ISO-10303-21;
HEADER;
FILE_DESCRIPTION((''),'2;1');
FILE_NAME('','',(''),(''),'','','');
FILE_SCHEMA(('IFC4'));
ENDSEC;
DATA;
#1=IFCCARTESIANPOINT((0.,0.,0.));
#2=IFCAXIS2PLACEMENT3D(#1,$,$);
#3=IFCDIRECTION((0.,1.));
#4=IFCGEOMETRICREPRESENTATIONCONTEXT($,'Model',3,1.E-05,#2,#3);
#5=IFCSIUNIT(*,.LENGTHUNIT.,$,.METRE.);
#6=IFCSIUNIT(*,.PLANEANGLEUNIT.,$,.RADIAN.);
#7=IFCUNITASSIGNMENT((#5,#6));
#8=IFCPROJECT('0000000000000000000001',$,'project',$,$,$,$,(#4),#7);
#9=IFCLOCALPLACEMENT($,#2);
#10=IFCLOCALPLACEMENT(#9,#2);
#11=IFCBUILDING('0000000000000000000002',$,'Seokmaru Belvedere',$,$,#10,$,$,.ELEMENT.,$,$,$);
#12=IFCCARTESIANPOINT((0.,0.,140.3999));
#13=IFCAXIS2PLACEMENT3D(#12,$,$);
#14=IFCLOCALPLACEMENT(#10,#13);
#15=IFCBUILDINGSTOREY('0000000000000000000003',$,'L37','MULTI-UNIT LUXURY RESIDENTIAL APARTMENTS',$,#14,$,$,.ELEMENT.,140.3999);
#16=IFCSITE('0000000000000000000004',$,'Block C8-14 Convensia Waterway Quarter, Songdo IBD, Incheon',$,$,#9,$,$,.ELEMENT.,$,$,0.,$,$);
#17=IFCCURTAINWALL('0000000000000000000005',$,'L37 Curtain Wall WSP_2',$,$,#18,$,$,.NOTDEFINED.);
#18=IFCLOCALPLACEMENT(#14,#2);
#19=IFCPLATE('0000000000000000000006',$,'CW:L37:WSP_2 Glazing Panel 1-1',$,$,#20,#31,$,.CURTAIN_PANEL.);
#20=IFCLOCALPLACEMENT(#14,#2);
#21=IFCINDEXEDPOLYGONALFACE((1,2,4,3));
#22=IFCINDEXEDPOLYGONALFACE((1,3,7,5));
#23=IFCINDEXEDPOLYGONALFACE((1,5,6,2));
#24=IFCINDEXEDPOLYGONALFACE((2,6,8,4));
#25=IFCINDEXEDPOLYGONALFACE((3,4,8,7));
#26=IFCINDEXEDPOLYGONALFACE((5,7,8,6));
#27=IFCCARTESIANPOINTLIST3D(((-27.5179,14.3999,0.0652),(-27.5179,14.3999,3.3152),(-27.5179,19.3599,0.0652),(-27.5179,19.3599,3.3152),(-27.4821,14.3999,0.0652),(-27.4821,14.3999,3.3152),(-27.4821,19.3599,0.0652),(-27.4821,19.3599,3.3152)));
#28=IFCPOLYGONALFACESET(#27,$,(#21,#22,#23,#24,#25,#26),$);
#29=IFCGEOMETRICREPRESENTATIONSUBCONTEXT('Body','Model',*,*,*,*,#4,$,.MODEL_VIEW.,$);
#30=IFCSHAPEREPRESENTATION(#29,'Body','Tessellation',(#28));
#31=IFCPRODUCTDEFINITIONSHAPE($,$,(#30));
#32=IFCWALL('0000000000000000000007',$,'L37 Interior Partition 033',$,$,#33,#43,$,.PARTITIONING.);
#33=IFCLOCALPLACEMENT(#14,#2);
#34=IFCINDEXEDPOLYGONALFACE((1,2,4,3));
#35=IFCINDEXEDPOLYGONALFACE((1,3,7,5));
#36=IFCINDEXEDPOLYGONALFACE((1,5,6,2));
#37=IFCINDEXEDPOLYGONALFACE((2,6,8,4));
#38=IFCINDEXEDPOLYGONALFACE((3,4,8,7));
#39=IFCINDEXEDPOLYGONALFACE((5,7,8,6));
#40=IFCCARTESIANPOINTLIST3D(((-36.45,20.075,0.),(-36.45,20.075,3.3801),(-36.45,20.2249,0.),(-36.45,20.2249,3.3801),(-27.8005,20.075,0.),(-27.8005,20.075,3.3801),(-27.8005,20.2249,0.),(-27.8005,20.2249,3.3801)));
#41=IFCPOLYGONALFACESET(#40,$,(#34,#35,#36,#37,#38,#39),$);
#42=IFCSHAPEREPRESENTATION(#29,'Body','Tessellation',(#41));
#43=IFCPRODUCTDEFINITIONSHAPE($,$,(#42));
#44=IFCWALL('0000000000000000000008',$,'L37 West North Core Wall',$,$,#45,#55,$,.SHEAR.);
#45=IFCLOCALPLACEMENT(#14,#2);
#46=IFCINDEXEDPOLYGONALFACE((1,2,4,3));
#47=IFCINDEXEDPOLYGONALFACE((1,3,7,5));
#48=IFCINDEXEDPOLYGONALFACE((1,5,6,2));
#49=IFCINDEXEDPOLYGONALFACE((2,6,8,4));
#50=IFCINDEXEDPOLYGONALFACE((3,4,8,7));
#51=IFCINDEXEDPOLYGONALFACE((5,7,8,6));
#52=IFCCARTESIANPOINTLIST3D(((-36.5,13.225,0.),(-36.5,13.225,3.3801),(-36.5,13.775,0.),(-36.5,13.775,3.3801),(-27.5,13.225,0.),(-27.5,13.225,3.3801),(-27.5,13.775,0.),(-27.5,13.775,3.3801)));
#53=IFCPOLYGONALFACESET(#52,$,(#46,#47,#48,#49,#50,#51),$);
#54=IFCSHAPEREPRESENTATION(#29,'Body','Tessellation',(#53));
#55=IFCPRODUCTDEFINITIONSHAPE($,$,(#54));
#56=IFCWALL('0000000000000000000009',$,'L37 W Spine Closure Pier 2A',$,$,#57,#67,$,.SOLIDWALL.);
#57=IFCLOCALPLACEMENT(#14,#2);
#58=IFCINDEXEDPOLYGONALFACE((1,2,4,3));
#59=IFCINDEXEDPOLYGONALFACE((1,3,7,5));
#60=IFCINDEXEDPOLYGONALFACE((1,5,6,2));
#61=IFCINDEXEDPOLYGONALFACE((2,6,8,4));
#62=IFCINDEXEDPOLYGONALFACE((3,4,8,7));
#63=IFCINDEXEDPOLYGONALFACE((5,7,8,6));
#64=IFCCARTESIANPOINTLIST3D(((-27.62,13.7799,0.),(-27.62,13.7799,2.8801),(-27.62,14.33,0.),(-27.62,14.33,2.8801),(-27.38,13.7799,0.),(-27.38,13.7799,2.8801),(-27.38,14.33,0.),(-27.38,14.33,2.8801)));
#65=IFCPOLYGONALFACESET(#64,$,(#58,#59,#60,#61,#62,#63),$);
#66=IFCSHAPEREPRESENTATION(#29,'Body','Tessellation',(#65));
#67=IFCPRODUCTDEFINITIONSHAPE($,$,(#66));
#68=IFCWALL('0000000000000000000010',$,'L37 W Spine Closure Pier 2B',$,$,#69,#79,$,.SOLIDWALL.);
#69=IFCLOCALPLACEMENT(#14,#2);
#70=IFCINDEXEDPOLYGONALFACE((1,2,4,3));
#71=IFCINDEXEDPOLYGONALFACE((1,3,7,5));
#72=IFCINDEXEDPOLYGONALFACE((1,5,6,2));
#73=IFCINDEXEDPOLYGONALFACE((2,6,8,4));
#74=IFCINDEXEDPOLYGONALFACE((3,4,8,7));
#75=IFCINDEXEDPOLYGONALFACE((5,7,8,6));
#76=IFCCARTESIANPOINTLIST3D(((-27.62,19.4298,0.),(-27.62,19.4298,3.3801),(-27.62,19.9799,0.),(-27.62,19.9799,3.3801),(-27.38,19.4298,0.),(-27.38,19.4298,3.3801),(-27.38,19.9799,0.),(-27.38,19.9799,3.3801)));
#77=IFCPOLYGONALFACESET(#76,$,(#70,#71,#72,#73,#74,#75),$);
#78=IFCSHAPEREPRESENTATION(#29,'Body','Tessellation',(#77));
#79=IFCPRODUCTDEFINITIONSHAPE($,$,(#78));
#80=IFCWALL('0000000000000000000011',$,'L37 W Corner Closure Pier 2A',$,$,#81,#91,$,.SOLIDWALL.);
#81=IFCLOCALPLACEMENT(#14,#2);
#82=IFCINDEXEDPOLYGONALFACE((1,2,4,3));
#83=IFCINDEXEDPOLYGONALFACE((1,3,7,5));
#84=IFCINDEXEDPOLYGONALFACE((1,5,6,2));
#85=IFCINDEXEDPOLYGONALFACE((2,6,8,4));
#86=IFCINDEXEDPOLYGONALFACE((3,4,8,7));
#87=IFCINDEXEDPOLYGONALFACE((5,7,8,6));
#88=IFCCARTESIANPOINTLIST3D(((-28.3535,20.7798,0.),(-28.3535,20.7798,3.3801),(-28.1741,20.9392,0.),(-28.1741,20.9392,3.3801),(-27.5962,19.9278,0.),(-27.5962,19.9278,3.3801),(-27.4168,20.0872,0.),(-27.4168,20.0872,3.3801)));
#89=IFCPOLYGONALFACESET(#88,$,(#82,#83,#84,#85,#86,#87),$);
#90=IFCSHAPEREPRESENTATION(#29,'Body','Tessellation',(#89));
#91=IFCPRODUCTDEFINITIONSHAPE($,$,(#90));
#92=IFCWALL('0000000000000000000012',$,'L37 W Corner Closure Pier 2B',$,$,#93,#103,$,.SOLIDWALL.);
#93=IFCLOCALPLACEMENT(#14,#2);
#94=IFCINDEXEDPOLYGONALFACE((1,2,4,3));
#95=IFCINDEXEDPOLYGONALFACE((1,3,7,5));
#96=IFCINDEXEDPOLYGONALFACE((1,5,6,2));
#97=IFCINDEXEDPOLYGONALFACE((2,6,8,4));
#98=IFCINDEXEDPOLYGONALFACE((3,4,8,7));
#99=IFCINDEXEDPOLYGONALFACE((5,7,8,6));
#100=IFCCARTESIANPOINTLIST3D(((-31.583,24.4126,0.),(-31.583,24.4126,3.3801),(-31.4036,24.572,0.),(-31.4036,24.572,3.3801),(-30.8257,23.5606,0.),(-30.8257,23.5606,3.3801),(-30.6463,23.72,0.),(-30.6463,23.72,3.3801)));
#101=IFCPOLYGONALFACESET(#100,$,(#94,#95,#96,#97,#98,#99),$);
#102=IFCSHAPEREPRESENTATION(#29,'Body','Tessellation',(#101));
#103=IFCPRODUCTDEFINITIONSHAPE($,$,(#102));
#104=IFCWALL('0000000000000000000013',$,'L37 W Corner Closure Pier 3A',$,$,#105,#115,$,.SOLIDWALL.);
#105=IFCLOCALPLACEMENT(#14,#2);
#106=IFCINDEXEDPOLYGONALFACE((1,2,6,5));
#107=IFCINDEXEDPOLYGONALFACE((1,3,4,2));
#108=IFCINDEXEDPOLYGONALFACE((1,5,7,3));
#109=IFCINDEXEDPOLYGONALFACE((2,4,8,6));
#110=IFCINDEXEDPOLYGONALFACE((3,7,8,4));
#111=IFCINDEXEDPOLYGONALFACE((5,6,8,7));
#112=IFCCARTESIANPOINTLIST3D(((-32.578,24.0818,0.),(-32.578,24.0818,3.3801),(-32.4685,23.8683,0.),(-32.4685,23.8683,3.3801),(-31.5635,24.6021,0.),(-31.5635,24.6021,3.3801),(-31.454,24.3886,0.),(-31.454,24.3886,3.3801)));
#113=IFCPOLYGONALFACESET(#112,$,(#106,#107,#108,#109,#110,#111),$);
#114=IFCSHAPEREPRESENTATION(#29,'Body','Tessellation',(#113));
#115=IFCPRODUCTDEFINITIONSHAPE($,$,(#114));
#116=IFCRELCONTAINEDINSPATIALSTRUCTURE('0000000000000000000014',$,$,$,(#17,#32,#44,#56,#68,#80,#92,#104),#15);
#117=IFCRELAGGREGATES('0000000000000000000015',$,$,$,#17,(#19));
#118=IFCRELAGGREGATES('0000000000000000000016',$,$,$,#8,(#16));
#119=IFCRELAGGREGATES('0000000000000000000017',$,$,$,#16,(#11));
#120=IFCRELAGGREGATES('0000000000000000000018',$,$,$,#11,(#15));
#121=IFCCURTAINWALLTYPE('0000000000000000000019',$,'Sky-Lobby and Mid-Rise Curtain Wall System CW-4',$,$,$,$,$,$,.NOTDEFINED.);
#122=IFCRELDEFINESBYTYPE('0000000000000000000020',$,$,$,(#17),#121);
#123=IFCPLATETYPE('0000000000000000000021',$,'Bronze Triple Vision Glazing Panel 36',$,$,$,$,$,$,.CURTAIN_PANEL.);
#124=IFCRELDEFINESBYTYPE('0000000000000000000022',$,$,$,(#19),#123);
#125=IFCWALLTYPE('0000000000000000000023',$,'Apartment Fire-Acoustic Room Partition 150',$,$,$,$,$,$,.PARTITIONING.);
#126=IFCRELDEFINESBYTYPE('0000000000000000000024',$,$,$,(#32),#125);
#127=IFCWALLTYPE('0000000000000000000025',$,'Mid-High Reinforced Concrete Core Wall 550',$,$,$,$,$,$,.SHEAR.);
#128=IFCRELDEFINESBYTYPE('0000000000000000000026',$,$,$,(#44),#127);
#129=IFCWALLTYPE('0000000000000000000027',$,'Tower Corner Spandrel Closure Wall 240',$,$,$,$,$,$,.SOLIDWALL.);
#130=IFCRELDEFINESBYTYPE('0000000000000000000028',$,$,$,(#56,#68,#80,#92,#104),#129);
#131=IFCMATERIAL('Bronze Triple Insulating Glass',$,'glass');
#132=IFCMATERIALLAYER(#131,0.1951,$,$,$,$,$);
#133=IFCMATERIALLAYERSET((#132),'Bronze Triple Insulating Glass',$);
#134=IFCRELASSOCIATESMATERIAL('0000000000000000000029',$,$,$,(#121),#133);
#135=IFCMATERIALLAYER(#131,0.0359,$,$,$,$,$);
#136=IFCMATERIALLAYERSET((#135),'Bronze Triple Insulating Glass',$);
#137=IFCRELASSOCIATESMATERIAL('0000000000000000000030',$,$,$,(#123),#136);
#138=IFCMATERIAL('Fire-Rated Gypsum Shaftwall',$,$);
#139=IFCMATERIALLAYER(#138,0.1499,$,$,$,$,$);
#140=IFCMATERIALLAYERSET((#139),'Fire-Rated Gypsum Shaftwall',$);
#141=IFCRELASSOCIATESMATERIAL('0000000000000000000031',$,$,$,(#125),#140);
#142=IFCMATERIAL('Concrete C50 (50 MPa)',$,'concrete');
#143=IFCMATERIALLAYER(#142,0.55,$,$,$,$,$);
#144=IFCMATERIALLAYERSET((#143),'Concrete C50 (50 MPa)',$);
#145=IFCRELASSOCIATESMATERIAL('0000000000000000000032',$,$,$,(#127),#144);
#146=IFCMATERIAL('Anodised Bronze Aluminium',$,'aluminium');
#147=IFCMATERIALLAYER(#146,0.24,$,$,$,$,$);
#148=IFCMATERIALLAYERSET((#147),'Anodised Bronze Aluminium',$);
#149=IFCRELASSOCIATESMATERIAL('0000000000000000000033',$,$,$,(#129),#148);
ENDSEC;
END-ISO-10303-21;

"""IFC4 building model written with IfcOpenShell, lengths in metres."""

from ifc_helpers import new_model, si_unit, direction, frame, frame_2d, origin, origin_2d, place, context, subcontext, project, spatial, rectangle, extrude, source, transform, mapped, material, layer, layer_set, type_object, element, aggregate, save


model = new_model("IFC4")

# Units and contexts
model_context = context("Model", 3, precision=1e-05, world=origin(), true_north=direction((0.0, 1.0)))
body_context = subcontext(model_context, "Body", "Model", "MODEL_VIEW")
ifc_project = project(units=[si_unit("LENGTHUNIT", "METRE"), si_unit("PLANEANGLEUNIT", "RADIAN")], contexts=[model_context])

# Site, building, storey
site_placement = place(None, origin())
site = spatial("IfcSite", under=ifc_project, at=site_placement, Name="Block C8-14 Convensia Waterway Quarter, Songdo IBD, Incheon", CompositionType="ELEMENT", RefElevation=0.0)
building_placement = place(site_placement, origin())
building = spatial("IfcBuilding", under=site, at=building_placement, Name="Seokmaru Belvedere", CompositionType="ELEMENT")
storey_placement = place(building_placement, frame((0.0, 0.0, 140.3999)))
storey = spatial("IfcBuildingStorey", under=building, at=storey_placement, Name="L37", Description="MULTI-UNIT LUXURY RESIDENTIAL APARTMENTS", CompositionType="ELEMENT", Elevation=140.3999)

# Curtain wall
ifc_material_1 = material(Name="Bronze Triple Insulating Glass", Category="glass")
ifc_layer_1 = layer(ifc_material_1, 0.1951)
ifc_layer_set_1 = layer_set([ifc_layer_1], Name="Bronze Triple Insulating Glass")
curtain_wall_type = type_object("IfcCurtainWallType", Name="Sky-Lobby and Mid-Rise Curtain Wall System CW-4", PredefinedType="NOTDEFINED", material=ifc_layer_set_1)
curtain_wall_1_placement = place(storey_placement, origin())
curtain_wall_1 = element("IfcCurtainWall", 1, at=curtain_wall_1_placement, inside=storey, type_object=curtain_wall_type, Name="L37 Curtain Wall WSP_2", PredefinedType="NOTDEFINED")
ifc_material_2 = material(Name="Anodised Bronze Aluminium", Category="aluminium")

# Plate
ifc_layer_2 = layer(ifc_material_1, 0.0359)
ifc_layer_set_2 = layer_set([ifc_layer_2], Name="Bronze Triple Insulating Glass")
plate_type = type_object("IfcPlateType", Name="Bronze Triple Vision Glazing Panel 36", PredefinedType="CURTAIN_PANEL", material=ifc_layer_set_2)
shared_shape_1 = source(origin(), body_context, "Body", "SweptSolid", [
    extrude(rectangle(XDim=4.96, YDim=0.0359, at=origin_2d()), origin(), (0.0, 0.0, 1.0), 3.25),
])
plate_1_placement = place(storey_placement, frame((-27.5, 16.8799, 0.0652), z_axis=(0.0, 0.0, 1.0), x_axis=(0.0, 1.0, 0.0)))
plate_1 = element("IfcPlate", 2, at=plate_1_placement, type_object=plate_type, Name="CW:L37:WSP_2 Glazing Panel 1-1", PredefinedType="CURTAIN_PANEL", context=body_context, shape_type="MappedRepresentation", body=[
    mapped(shared_shape_1, transform((0.0, 0.0, 0.0), scale=1.0)),
])
aggregate(curtain_wall_1, [plate_1])

# Walls
ifc_material_3 = material(Name="Fire-Rated Gypsum Shaftwall")
ifc_layer_3 = layer(ifc_material_3, 0.1499)
ifc_layer_set_3 = layer_set([ifc_layer_3], Name="Fire-Rated Gypsum Shaftwall")
wall_type_1 = type_object("IfcWallType", Name="Apartment Fire-Acoustic Room Partition 150", PredefinedType="PARTITIONING", material=ifc_layer_set_3)
wall_1_placement = place(storey_placement, frame((-36.45, 20.1499, 0.0), z_axis=(0.0, 0.0, 1.0), x_axis=(1.0, 0.0, 0.0)))
element("IfcWall", 3, at=wall_1_placement, inside=storey, type_object=wall_type_1, Name="L37 Interior Partition 033", PredefinedType="PARTITIONING", context=body_context, shape_type="SweptSolid", body=[
    extrude(rectangle(XDim=8.6494, YDim=0.1499, at=frame_2d((4.3247, 0.0))), origin(), (0.0, 0.0, 1.0), 3.3801),
])
ifc_material_4 = material(Name="Concrete C50 (50 MPa)", Category="concrete")
ifc_layer_4 = layer(ifc_material_4, 0.55)
ifc_layer_set_4 = layer_set([ifc_layer_4], Name="Concrete C50 (50 MPa)")
wall_type_2 = type_object("IfcWallType", Name="Mid-High Reinforced Concrete Core Wall 550", PredefinedType="SHEAR", material=ifc_layer_set_4)
wall_2_placement = place(storey_placement, frame((-36.5, 13.5, 0.0), z_axis=(0.0, 0.0, 1.0), x_axis=(1.0, 0.0, 0.0)))
element("IfcWall", 4, at=wall_2_placement, inside=storey, type_object=wall_type_2, Name="L37 West North Core Wall", PredefinedType="SHEAR", context=body_context, shape_type="SweptSolid", body=[
    extrude(rectangle(XDim=9.0, YDim=0.55, at=frame_2d((4.5, 0.0))), origin(), (0.0, 0.0, 1.0), 3.3801),
])

# Walls
ifc_layer_5 = layer(ifc_material_2, 0.24)
ifc_layer_set_5 = layer_set([ifc_layer_5], Name="Anodised Bronze Aluminium")
wall_type_3 = type_object("IfcWallType", Name="Tower Corner Spandrel Closure Wall 240", PredefinedType="SOLIDWALL", material=ifc_layer_set_5)
wall_3_placement = place(storey_placement, frame((-27.5, 13.78, 0.0), z_axis=(0.0, 0.0, 1.0), x_axis=(0.0, 1.0, 0.0)))
element("IfcWall", 5, at=wall_3_placement, inside=storey, type_object=wall_type_3, Name="L37 W Spine Closure Pier 2A", PredefinedType="SOLIDWALL", context=body_context, shape_type="SweptSolid", body=[
    extrude(rectangle(XDim=0.55, YDim=0.24, at=frame_2d((0.2749, 0.0))), origin(), (0.0, 0.0, 1.0), 2.8801),
])
wall_4_placement = place(storey_placement, frame((-27.5, 19.4299, 0.0), z_axis=(0.0, 0.0, 1.0), x_axis=(0.0, 1.0, 0.0)))
element("IfcWall", 6, at=wall_4_placement, inside=storey, type_object=wall_type_3, Name="L37 W Spine Closure Pier 2B", PredefinedType="SOLIDWALL", context=body_context, shape_type="SweptSolid", body=[
    extrude(rectangle(XDim=0.55, YDim=0.24, at=frame_2d((0.2749, 0.0))), origin(), (0.0, 0.0, 1.0), 3.3801),
])
for number, where, z_axis, x_axis, name in (
    (7, (-27.5066, 20.0076, 0.0), (0.0, 0.0, 1.0), (-0.664337, 0.747433, 0.0), "L37 W Corner Closure Pier 2A"),
    (8, (-30.7361, 23.6404, 0.0), (0.0, 0.0, 1.0), (-0.664337, 0.747433, 0.0), "L37 W Corner Closure Pier 2B"),
):
    element("IfcWall", number, at=place(storey_placement, frame(where, z_axis=z_axis, x_axis=x_axis)), inside=storey, type_object=wall_type_3, Name=name, PredefinedType="SOLIDWALL", context=body_context, shape_type="SweptSolid", body=[
        extrude(rectangle(XDim=1.1399, YDim=0.24, at=frame_2d((0.5698, 0.0))), origin(), (0.0, 0.0, 1.0), 3.3801),
    ])
wall_5_placement = place(storey_placement, frame((-31.5088, 24.4954, 0.0), z_axis=(0.0, 0.0, 1.0), x_axis=(-0.889797, -0.456356, 0.0)))
element("IfcWall", 9, at=wall_5_placement, inside=storey, type_object=wall_type_3, Name="L37 W Corner Closure Pier 3A", PredefinedType="SOLIDWALL", context=body_context, shape_type="SweptSolid", body=[
    extrude(rectangle(XDim=1.1401, YDim=0.24, at=frame_2d((0.5701, 0.0))), origin(), (0.0, 0.0, 1.0), 3.3801),
])

save(model, "model.ifc")
